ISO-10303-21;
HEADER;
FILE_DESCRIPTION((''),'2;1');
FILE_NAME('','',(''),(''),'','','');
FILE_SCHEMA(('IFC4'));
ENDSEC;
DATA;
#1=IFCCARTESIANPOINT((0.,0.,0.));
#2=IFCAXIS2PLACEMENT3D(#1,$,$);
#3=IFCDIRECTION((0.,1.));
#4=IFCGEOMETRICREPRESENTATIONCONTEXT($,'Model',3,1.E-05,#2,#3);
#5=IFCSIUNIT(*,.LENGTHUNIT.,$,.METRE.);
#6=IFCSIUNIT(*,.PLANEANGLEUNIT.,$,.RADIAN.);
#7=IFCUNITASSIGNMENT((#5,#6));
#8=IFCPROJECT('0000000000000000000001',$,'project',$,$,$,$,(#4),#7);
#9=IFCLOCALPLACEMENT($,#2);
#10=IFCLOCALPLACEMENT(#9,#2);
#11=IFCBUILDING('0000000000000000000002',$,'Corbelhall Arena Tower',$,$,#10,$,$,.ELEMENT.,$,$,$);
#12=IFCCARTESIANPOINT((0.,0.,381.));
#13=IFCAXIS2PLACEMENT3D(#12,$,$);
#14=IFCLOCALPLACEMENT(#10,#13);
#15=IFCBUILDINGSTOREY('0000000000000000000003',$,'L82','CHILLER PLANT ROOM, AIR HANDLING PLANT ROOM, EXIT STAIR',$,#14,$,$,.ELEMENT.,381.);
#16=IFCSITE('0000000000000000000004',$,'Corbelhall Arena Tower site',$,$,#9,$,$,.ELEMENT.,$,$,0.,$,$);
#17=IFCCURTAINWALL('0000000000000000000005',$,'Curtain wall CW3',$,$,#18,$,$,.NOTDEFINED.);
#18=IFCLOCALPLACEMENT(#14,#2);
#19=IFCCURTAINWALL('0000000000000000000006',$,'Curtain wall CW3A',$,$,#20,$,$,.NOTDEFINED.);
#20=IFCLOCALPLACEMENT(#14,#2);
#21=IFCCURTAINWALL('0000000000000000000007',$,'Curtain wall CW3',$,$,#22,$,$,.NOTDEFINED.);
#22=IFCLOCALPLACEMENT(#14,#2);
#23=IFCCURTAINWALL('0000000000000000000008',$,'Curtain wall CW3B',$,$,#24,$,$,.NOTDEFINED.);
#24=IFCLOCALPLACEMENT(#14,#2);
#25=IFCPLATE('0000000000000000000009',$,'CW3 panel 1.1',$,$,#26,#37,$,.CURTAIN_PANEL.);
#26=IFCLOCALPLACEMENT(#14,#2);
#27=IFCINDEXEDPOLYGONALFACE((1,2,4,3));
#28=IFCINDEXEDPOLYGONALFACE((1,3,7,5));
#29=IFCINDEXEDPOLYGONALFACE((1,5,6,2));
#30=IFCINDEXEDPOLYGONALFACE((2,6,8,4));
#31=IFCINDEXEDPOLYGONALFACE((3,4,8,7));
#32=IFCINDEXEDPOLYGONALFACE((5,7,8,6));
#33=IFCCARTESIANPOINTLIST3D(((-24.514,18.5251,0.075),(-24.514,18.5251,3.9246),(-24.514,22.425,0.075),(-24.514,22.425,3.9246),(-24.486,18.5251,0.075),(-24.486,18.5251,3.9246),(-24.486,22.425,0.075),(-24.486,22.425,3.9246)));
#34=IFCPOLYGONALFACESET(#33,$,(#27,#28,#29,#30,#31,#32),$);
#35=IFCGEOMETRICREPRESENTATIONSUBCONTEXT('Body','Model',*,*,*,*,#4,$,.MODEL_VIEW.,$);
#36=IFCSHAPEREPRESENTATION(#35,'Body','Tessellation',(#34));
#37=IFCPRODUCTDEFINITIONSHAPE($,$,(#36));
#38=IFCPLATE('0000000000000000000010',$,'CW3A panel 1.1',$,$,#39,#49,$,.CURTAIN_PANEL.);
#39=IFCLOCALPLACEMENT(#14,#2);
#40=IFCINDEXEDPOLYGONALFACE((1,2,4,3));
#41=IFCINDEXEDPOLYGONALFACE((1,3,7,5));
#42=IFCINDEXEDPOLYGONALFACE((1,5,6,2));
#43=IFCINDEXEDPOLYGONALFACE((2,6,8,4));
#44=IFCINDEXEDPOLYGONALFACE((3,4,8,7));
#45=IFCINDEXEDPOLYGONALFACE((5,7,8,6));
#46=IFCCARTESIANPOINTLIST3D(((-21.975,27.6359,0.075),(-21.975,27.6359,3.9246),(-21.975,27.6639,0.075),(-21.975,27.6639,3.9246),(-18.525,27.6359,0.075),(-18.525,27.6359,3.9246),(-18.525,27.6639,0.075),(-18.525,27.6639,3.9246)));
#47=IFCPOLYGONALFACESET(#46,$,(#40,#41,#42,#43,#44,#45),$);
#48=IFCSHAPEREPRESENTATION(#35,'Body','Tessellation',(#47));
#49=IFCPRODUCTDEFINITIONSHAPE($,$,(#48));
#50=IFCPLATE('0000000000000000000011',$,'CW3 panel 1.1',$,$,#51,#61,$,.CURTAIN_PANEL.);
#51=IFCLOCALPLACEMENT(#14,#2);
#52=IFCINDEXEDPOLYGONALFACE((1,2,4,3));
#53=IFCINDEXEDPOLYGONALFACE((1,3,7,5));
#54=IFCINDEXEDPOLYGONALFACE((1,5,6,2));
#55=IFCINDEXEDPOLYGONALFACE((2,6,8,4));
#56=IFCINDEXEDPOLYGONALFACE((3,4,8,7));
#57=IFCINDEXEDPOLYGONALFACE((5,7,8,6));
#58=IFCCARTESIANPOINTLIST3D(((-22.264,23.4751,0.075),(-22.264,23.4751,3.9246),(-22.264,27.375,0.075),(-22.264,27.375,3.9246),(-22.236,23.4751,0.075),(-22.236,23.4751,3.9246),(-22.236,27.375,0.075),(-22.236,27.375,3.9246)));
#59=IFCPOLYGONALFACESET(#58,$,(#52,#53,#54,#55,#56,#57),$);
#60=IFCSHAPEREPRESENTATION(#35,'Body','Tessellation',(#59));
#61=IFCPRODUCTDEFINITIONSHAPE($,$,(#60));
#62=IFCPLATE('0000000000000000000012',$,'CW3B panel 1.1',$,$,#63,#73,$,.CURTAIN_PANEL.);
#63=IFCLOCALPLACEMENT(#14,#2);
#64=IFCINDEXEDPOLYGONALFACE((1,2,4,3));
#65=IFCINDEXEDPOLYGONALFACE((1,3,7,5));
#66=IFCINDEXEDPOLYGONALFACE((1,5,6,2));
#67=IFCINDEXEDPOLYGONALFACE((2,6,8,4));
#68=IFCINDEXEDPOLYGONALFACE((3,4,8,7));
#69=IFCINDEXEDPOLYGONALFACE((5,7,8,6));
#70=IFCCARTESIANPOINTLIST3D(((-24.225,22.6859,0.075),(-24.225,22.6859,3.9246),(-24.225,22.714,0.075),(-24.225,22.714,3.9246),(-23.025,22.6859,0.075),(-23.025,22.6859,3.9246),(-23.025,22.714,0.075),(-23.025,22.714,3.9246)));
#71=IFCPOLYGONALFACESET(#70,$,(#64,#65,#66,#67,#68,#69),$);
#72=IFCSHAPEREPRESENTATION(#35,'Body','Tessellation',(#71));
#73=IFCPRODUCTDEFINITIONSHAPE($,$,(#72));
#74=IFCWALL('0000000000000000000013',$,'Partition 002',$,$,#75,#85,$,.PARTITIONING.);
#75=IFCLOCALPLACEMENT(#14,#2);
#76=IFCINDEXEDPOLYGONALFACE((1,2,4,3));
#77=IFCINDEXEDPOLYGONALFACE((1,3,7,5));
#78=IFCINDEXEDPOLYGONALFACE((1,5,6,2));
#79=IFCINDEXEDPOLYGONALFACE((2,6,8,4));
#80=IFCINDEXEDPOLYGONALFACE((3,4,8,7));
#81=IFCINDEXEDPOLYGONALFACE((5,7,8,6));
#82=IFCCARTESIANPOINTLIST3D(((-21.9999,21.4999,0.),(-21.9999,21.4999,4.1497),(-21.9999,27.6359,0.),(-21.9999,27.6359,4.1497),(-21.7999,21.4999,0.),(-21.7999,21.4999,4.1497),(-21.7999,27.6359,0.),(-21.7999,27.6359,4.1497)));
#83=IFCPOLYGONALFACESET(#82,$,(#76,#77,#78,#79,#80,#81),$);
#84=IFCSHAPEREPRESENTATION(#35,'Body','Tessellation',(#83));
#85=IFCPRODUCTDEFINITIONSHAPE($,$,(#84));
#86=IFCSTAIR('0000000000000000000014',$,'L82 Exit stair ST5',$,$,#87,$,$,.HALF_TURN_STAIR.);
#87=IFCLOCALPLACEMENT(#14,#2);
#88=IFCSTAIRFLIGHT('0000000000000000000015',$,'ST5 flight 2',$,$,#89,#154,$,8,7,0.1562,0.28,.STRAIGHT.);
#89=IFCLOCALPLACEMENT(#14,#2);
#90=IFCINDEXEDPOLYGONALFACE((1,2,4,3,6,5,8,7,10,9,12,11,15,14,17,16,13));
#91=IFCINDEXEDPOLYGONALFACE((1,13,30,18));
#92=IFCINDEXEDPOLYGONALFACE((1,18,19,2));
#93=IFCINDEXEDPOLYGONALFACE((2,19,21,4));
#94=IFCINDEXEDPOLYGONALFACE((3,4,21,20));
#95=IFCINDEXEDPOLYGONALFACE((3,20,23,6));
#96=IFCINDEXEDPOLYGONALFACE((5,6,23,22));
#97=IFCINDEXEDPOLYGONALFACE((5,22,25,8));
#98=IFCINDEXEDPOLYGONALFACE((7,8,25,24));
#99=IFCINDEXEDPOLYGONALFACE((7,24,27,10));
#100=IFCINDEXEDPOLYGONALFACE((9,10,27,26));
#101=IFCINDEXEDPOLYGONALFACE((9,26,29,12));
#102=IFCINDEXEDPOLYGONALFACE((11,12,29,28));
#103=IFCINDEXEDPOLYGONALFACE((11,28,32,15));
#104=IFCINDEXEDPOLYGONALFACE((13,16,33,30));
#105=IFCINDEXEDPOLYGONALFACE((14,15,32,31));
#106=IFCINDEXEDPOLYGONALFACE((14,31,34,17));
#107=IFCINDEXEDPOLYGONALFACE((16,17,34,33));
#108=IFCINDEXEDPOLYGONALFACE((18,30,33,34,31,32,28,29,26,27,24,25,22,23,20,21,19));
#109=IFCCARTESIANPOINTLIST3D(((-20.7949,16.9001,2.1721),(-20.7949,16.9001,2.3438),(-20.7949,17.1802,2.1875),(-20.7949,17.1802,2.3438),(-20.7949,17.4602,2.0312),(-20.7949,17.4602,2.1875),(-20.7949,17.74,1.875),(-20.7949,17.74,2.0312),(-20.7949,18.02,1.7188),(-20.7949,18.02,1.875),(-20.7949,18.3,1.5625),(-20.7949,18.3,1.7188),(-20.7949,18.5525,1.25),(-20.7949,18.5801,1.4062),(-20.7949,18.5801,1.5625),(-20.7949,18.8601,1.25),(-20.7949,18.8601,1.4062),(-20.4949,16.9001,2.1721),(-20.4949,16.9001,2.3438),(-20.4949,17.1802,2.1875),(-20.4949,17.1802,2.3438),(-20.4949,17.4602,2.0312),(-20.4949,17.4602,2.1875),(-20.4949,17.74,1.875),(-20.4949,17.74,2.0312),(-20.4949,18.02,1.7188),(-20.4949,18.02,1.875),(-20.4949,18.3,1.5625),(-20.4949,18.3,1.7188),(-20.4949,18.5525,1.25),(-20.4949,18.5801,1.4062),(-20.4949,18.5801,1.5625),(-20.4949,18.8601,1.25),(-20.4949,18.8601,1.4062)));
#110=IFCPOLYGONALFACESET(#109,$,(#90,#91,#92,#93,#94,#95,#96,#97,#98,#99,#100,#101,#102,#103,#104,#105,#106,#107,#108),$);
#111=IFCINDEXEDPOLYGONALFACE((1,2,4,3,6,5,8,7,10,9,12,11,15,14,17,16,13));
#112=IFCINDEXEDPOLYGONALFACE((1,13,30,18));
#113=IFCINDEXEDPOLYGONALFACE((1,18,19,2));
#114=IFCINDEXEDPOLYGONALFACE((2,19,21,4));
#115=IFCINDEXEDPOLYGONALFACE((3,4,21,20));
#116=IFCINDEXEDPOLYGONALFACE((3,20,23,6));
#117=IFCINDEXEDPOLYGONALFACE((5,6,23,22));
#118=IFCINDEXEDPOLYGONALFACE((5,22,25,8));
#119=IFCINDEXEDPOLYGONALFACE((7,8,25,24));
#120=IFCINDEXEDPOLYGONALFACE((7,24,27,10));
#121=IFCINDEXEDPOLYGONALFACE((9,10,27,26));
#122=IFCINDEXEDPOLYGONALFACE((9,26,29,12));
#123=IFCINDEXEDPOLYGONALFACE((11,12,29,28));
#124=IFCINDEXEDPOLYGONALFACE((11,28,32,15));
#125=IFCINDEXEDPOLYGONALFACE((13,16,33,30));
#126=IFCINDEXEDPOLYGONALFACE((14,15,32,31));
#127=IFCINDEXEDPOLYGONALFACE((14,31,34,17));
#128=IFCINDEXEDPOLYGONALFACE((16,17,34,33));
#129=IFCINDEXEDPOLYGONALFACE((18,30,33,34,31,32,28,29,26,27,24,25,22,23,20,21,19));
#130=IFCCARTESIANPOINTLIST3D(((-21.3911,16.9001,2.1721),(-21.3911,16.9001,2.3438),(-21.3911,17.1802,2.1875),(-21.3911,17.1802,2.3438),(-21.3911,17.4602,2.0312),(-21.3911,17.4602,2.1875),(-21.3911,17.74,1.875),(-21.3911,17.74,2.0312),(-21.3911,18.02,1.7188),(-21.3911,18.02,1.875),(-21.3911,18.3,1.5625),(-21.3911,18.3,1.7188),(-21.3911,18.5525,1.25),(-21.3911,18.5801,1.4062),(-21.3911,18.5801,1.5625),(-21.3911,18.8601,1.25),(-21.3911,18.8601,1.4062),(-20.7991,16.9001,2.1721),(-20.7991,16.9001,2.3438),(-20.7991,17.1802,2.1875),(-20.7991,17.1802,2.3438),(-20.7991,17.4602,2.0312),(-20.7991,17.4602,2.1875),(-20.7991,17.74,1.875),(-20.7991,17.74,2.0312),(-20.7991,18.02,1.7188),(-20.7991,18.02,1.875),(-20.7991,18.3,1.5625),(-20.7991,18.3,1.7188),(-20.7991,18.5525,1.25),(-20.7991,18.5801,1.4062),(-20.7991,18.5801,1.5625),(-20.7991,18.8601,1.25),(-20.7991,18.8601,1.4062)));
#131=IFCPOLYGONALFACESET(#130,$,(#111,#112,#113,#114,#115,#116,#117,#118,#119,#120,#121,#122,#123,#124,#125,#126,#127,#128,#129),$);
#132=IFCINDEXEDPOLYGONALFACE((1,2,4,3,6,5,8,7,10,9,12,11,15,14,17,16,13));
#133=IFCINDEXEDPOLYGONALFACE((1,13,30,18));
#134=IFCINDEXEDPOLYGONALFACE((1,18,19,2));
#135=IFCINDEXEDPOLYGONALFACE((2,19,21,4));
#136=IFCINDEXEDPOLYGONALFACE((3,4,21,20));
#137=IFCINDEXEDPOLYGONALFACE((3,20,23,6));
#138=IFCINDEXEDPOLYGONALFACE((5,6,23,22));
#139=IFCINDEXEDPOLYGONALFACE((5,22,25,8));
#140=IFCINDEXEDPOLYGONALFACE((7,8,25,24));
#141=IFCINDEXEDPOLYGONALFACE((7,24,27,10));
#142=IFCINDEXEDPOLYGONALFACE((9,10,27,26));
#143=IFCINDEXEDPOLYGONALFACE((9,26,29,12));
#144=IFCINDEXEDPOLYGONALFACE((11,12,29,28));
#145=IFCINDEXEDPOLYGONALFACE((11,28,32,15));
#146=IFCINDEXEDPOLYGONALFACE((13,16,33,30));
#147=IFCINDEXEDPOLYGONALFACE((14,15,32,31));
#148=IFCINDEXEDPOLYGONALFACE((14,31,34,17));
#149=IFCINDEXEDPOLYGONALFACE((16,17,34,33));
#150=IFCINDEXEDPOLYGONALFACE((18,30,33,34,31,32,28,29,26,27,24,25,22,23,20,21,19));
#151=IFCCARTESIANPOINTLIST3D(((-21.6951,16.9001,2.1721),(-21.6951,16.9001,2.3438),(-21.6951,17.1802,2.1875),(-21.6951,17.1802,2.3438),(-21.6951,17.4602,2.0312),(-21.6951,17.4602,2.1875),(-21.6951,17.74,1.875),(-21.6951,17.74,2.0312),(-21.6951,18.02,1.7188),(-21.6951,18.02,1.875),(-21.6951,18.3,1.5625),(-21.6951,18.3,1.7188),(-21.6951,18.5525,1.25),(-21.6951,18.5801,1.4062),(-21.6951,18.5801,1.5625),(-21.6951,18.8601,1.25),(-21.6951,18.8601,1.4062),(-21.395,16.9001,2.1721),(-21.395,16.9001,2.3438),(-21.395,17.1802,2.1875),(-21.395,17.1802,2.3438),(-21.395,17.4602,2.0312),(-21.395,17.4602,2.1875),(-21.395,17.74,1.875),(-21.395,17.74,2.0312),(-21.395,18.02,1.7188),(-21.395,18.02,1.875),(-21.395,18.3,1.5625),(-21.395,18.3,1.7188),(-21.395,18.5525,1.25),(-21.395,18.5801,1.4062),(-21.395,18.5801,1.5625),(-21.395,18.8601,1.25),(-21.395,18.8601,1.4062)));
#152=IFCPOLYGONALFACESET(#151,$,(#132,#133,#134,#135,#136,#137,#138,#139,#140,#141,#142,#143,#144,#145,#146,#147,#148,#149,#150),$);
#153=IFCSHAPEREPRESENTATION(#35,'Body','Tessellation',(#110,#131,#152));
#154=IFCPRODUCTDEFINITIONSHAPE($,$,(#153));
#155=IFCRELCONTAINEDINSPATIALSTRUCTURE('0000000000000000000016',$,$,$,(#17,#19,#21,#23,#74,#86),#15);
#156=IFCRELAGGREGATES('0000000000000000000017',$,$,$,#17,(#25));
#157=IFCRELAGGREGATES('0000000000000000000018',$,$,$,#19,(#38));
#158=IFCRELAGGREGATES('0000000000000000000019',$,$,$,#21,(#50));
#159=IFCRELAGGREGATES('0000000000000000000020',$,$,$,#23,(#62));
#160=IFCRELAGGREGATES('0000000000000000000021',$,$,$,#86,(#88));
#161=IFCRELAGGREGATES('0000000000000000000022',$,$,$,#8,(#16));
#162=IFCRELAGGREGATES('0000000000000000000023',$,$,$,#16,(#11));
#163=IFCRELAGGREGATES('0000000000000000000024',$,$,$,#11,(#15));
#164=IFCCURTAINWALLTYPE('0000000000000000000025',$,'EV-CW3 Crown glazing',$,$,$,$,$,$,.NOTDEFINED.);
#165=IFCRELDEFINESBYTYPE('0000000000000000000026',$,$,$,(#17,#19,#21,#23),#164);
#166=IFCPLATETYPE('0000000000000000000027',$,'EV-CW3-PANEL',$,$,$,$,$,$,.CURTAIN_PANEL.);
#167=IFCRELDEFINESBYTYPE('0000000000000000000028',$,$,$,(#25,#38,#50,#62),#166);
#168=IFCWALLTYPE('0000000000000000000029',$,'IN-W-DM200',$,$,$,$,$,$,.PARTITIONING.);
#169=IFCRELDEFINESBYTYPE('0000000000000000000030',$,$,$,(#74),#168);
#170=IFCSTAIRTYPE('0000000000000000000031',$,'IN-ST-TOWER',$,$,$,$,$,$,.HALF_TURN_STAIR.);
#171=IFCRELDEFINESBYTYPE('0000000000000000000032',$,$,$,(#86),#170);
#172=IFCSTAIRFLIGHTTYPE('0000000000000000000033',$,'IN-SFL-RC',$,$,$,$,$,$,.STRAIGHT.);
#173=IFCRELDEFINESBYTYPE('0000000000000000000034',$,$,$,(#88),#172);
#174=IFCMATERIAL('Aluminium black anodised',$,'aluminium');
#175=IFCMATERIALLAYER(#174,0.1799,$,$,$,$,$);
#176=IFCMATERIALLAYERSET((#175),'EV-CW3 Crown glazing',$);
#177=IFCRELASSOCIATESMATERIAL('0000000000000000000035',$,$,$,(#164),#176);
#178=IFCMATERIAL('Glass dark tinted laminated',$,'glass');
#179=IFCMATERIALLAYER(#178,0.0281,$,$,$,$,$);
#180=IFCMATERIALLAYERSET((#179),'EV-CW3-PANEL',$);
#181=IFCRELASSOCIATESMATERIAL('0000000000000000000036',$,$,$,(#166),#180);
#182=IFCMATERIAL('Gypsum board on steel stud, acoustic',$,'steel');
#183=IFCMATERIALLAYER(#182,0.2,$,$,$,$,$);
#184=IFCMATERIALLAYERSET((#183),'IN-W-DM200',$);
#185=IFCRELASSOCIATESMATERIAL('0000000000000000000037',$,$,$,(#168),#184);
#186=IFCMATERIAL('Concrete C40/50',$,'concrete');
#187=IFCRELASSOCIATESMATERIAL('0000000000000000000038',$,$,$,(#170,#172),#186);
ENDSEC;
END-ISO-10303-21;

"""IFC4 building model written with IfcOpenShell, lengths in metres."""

from ifc_helpers import new_model, si_unit, direction, frame, frame_2d, origin, origin_2d, place, context, subcontext, project, spatial, polyline, rectangle, outline, extrude, material, layer, layer_set, type_object, element, aggregate, save


model = new_model("IFC4")

# Units and contexts
model_context = context("Model", 3, precision=1e-05, world=origin(), true_north=direction((0.0, 1.0)))
body_context = subcontext(model_context, "Body", "Model", "MODEL_VIEW")
ifc_project = project(units=[si_unit("LENGTHUNIT", "METRE"), si_unit("PLANEANGLEUNIT", "RADIAN")], contexts=[model_context])

# Site, building, storey
site_placement = place(None, origin())
site = spatial("IfcSite", under=ifc_project, at=site_placement, Name="Corbelhall Arena Tower site", CompositionType="ELEMENT", RefElevation=0.0)
building_placement = place(site_placement, origin())
building = spatial("IfcBuilding", under=site, at=building_placement, Name="Corbelhall Arena Tower", CompositionType="ELEMENT")
storey_placement = place(building_placement, frame((0.0, 0.0, 381.0)))
storey = spatial("IfcBuildingStorey", under=building, at=storey_placement, Name="L82", Description="CHILLER PLANT ROOM, AIR HANDLING PLANT ROOM, EXIT STAIR", CompositionType="ELEMENT", Elevation=381.0)

# Curtain wall
ifc_material_1 = material(Name="Aluminium black anodised", Category="aluminium")
ifc_layer_1 = layer(ifc_material_1, 0.1799)
ifc_layer_set_1 = layer_set([ifc_layer_1], Name="EV-CW3 Crown glazing")
curtain_wall_type = type_object("IfcCurtainWallType", Name="EV-CW3 Crown glazing", PredefinedType="NOTDEFINED", material=ifc_layer_set_1)
curtain_wall_1_placement = place(storey_placement, origin())
curtain_wall_1 = element("IfcCurtainWall", 1, at=curtain_wall_1_placement, inside=storey, type_object=curtain_wall_type, Name="Curtain wall CW3", PredefinedType="NOTDEFINED")

# Curtain wall
curtain_wall_2_placement = place(storey_placement, origin())
curtain_wall_2 = element("IfcCurtainWall", 2, at=curtain_wall_2_placement, inside=storey, type_object=curtain_wall_type, Name="Curtain wall CW3A", PredefinedType="NOTDEFINED")

# Curtain walls
curtain_wall_3_placement = place(storey_placement, origin())
curtain_wall_3 = element("IfcCurtainWall", 3, at=curtain_wall_3_placement, inside=storey, type_object=curtain_wall_type, Name="Curtain wall CW3", PredefinedType="NOTDEFINED")
curtain_wall_4_placement = place(storey_placement, origin())
curtain_wall_4 = element("IfcCurtainWall", 4, at=curtain_wall_4_placement, inside=storey, type_object=curtain_wall_type, Name="Curtain wall CW3B", PredefinedType="NOTDEFINED")

# Plates
ifc_material_2 = material(Name="Glass dark tinted laminated", Category="glass")
ifc_layer_2 = layer(ifc_material_2, 0.0281)
ifc_layer_set_2 = layer_set([ifc_layer_2], Name="EV-CW3-PANEL")
plate_type = type_object("IfcPlateType", Name="EV-CW3-PANEL", PredefinedType="CURTAIN_PANEL", material=ifc_layer_set_2)
plate_1_placement = place(storey_placement, frame((-24.5, 20.4751, 0.075), z_axis=(0.0, 0.0, 1.0), x_axis=(0.0, -1.0, 0.0)))
plate_1 = element("IfcPlate", 5, at=plate_1_placement, type_object=plate_type, Name="CW3 panel 1.1", PredefinedType="CURTAIN_PANEL", context=body_context, shape_type="SweptSolid", body=[
    extrude(rectangle(XDim=3.8999, YDim=0.0281, at=origin_2d()), origin(), (0.0, 0.0, 1.0), 3.8496),
])
aggregate(curtain_wall_1, [plate_1])
plate_2_placement = place(storey_placement, frame((-20.25, 27.6499, 0.075), z_axis=(0.0, 0.0, 1.0), x_axis=(-1.0, 0.0, 0.0)))
plate_2 = element("IfcPlate", 6, at=plate_2_placement, type_object=plate_type, Name="CW3A panel 1.1", PredefinedType="CURTAIN_PANEL", context=body_context, shape_type="SweptSolid", body=[
    extrude(rectangle(XDim=3.45, YDim=0.0281, at=origin_2d()), origin(), (0.0, 0.0, 1.0), 3.8496),
])
aggregate(curtain_wall_2, [plate_2])
plate_3_placement = place(storey_placement, frame((-22.25, 25.425, 0.075), z_axis=(0.0, 0.0, 1.0), x_axis=(0.0, -1.0, 0.0)))
plate_3 = element("IfcPlate", 7, at=plate_3_placement, type_object=plate_type, Name="CW3 panel 1.1", PredefinedType="CURTAIN_PANEL", context=body_context, shape_type="SweptSolid", body=[
    extrude(rectangle(XDim=3.8999, YDim=0.0281, at=origin_2d()), origin(), (0.0, 0.0, 1.0), 3.8496),
])
aggregate(curtain_wall_3, [plate_3])
plate_4_placement = place(storey_placement, frame((-23.625, 22.7, 0.075), z_axis=(0.0, 0.0, 1.0), x_axis=(-1.0, 0.0, 0.0)))
plate_4 = element("IfcPlate", 8, at=plate_4_placement, type_object=plate_type, Name="CW3B panel 1.1", PredefinedType="CURTAIN_PANEL", context=body_context, shape_type="SweptSolid", body=[
    extrude(rectangle(XDim=1.2, YDim=0.0281, at=origin_2d()), origin(), (0.0, 0.0, 1.0), 3.8496),
])
aggregate(curtain_wall_4, [plate_4])

# Wall
ifc_material_3 = material(Name="Gypsum board on steel stud, acoustic", Category="steel")
ifc_layer_3 = layer(ifc_material_3, 0.2)
ifc_layer_set_3 = layer_set([ifc_layer_3], Name="IN-W-DM200")
wall_type_1 = type_object("IfcWallType", Name="IN-W-DM200", PredefinedType="PARTITIONING", material=ifc_layer_set_3)
wall_1_placement = place(storey_placement, frame((-21.8999, 21.5, 0.0), z_axis=(0.0, 0.0, 1.0), x_axis=(0.0, 1.0, 0.0)))
element("IfcWall", 9, at=wall_1_placement, inside=storey, type_object=wall_type_1, Name="Partition 002", PredefinedType="PARTITIONING", context=body_context, shape_type="SweptSolid", body=[
    extrude(rectangle(XDim=6.136, YDim=0.2, at=frame_2d((3.0679, 0.0))), origin(), (0.0, 0.0, 1.0), 4.1497),
])

# Shared definitions
ifc_material_4 = material(Name="Concrete C40/50", Category="concrete")

# Stair, stair flight
stair_type = type_object("IfcStairType", Name="IN-ST-TOWER", PredefinedType="HALF_TURN_STAIR", material=ifc_material_4)
stair_placement = place(storey_placement, origin())
stair = element("IfcStair", 10, at=stair_placement, inside=storey, type_object=stair_type, Name="L82 Exit stair ST5", PredefinedType="HALF_TURN_STAIR")
stair_flight_type = type_object("IfcStairFlightType", Name="IN-SFL-RC", PredefinedType="STRAIGHT", material=ifc_material_4)
stair_flight_1_placement = place(storey_placement, frame((-21.095, 18.8601, 1.25), z_axis=(0.0, 0.0, 1.0), x_axis=(0.0, -1.0, 0.0)))
stair_flight_1 = element("IfcStairFlight", 11, at=stair_flight_1_placement, type_object=stair_flight_type, Name="ST5 flight 2", NumberOfRisers=8, NumberOfTreads=7, PredefinedType="STRAIGHT", RiserHeight=0.1562, TreadLength=0.28, context=body_context, shape_type="SweptSolid", body=[
    extrude(outline(polyline([(0.0, 0.0), (0.0, 0.1562), (0.28, 0.1562), (0.28, 0.3125), (0.5601, 0.3125), (0.5601, 0.4688), (0.8401, 0.4688), (0.8401, 0.625), (1.1201, 0.625), (1.1201, 0.7812), (1.3999, 0.7812), (1.3999, 0.9375), (1.6799, 0.9375), (1.6799, 1.0938), (1.96, 1.0938), (1.96, 1.25), (1.96, 0.9221), (0.3076, 0.0), (0.0, 0.0)])), frame((0.0, 0.6001, 0.0), z_axis=(0.0, -1.0, 0.0), x_axis=(1.0, 0.0, 0.0)), (0.0, 0.0, 1.0), 0.3),
    extrude(outline(polyline([(0.0, 0.0), (0.0, 0.1562), (0.28, 0.1562), (0.28, 0.3125), (0.5601, 0.3125), (0.5601, 0.4688), (0.8401, 0.4688), (0.8401, 0.625), (1.1201, 0.625), (1.1201, 0.7812), (1.3999, 0.7812), (1.3999, 0.9375), (1.6799, 0.9375), (1.6799, 1.0938), (1.96, 1.0938), (1.96, 1.25), (1.96, 0.9221), (0.3076, 0.0), (0.0, 0.0)])), frame((0.0, 0.2959, 0.0), z_axis=(0.0, -1.0, 0.0), x_axis=(1.0, 0.0, 0.0)), (0.0, 0.0, 1.0), 0.592),
    extrude(outline(polyline([(0.0, 0.0), (0.0, 0.1562), (0.28, 0.1562), (0.28, 0.3125), (0.5601, 0.3125), (0.5601, 0.4688), (0.8401, 0.4688), (0.8401, 0.625), (1.1201, 0.625), (1.1201, 0.7812), (1.3999, 0.7812), (1.3999, 0.9375), (1.6799, 0.9375), (1.6799, 1.0938), (1.96, 1.0938), (1.96, 1.25), (1.96, 0.9221), (0.3076, 0.0), (0.0, 0.0)])), frame((0.0, -0.3, 0.0), z_axis=(0.0, -1.0, 0.0), x_axis=(1.0, 0.0, 0.0)), (0.0, 0.0, 1.0), 0.3),
])
aggregate(stair, [stair_flight_1])

save(model, "model.ifc")
